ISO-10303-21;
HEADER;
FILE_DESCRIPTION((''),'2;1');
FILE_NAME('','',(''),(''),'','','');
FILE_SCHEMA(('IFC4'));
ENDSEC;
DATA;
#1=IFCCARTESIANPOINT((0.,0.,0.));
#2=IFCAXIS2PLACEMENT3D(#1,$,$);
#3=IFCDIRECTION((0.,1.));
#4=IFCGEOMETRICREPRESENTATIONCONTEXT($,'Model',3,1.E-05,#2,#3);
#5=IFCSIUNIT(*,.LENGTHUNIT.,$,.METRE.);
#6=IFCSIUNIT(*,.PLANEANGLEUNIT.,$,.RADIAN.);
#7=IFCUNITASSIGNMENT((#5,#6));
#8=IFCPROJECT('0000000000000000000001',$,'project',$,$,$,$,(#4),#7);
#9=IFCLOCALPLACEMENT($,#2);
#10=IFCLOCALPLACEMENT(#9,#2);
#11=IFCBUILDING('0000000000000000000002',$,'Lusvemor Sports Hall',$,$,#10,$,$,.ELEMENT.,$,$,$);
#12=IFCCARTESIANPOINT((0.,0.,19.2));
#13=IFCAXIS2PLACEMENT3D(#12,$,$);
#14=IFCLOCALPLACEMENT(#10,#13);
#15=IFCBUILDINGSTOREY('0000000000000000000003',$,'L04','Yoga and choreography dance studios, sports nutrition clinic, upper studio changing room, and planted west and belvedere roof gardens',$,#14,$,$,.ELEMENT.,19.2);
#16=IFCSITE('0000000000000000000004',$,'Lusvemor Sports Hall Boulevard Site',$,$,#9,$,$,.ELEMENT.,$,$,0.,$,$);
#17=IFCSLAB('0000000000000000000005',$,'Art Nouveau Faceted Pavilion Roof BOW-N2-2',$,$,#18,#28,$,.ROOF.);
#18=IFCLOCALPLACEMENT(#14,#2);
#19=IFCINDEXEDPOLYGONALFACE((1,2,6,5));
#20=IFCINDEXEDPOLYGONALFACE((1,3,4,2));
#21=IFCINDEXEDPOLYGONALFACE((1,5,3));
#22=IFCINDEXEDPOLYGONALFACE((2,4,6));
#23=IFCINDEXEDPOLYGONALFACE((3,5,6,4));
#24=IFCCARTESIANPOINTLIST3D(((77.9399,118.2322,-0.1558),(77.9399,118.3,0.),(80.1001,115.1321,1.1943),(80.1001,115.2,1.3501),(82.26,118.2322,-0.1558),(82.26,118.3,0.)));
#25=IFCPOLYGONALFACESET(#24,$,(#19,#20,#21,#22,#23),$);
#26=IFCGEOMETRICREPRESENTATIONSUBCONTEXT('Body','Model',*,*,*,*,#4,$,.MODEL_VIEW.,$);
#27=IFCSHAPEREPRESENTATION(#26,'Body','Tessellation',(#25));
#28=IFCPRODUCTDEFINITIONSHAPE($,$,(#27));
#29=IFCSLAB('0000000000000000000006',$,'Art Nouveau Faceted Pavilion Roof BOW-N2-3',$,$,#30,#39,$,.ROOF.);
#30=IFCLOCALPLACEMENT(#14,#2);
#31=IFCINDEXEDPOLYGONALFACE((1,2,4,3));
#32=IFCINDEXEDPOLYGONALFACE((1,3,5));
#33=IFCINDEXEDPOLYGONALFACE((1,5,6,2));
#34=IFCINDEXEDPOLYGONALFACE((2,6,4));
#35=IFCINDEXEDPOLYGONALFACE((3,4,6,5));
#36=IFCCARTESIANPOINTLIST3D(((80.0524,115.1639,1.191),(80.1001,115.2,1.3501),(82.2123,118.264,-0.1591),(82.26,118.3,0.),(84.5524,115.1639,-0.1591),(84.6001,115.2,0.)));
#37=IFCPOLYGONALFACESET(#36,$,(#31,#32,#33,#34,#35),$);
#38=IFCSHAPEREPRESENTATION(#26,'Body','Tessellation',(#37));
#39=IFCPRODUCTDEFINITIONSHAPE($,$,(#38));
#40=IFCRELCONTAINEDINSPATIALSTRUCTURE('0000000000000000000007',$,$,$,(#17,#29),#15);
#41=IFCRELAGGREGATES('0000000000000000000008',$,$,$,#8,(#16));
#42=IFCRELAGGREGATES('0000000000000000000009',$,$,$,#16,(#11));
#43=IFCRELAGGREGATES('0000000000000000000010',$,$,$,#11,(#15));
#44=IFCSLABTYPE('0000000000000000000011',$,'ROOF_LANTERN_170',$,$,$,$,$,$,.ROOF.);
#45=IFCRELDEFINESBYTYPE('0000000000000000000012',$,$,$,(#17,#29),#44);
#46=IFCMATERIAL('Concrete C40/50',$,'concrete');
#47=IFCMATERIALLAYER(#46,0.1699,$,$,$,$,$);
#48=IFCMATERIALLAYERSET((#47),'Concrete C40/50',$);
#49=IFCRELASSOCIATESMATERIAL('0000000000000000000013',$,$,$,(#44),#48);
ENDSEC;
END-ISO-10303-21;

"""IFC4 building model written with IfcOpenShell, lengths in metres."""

from ifc_helpers import new_model, si_unit, direction, frame, origin, place, context, subcontext, project, spatial, polyline, outline, extrude, material, layer, layer_set, type_object, element, save


model = new_model("IFC4")

# Units and contexts
model_context = context("Model", 3, precision=1e-05, world=origin(), true_north=direction((0.0, 1.0)))
body_context = subcontext(model_context, "Body", "Model", "MODEL_VIEW")
ifc_project = project(units=[si_unit("LENGTHUNIT", "METRE"), si_unit("PLANEANGLEUNIT", "RADIAN")], contexts=[model_context])

# Site, building, storey
site_placement = place(None, origin())
site = spatial("IfcSite", under=ifc_project, at=site_placement, Name="Lusvemor Sports Hall Boulevard Site", CompositionType="ELEMENT", RefElevation=0.0)
building_placement = place(site_placement, origin())
building = spatial("IfcBuilding", under=site, at=building_placement, Name="Lusvemor Sports Hall", CompositionType="ELEMENT")
storey_placement = place(building_placement, frame((0.0, 0.0, 19.2)))
storey = spatial("IfcBuildingStorey", under=building, at=storey_placement, Name="L04", Description="Yoga and choreography dance studios, sports nutrition clinic, upper studio changing room, and planted west and belvedere roof gardens", CompositionType="ELEMENT", Elevation=19.2)

# Slabs
ifc_material_1 = material(Name="Concrete C40/50", Category="concrete")
ifc_layer_1 = layer(ifc_material_1, 0.1699)
ifc_layer_set_1 = layer_set([ifc_layer_1], Name="Concrete C40/50")
slab_type = type_object("IfcSlabType", Name="ROOF_LANTERN_170", PredefinedType="ROOF", material=ifc_layer_set_1)
slab_1_placement = place(storey_placement, frame((77.9399, 118.3, 0.0), z_axis=(0.0, 0.39928, 0.916829), x_axis=(1.0, 0.0, 0.0)))
element("IfcSlab", 1, at=slab_1_placement, inside=storey, type_object=slab_type, Name="Art Nouveau Faceted Pavilion Roof BOW-N2-2", PredefinedType="ROOF", context=body_context, shape_type="SweptSolid", body=[
    extrude(outline(polyline([(0.0, 0.0), (4.3201, 0.0), (2.1602, -3.3813), (0.0, 0.0)])), origin(), (0.0, 0.0, -1.0), 0.1699),
])
slab_2_placement = place(storey_placement, frame((82.26, 118.3, 0.0), z_axis=(0.280836, 0.211987, 0.936052), x_axis=(0.602471, -0.798141, 0.0)))
element("IfcSlab", 2, at=slab_2_placement, inside=storey, type_object=slab_type, Name="Art Nouveau Faceted Pavilion Roof BOW-N2-3", PredefinedType="ROOF", context=body_context, shape_type="SweptSolid", body=[
    extrude(outline(polyline([(0.0, 0.0), (3.8841, 0.0), (1.173, -3.837), (0.0, 0.0)])), origin(), (0.0, 0.0, -1.0), 0.1699),
])

save(model, "model.ifc")
